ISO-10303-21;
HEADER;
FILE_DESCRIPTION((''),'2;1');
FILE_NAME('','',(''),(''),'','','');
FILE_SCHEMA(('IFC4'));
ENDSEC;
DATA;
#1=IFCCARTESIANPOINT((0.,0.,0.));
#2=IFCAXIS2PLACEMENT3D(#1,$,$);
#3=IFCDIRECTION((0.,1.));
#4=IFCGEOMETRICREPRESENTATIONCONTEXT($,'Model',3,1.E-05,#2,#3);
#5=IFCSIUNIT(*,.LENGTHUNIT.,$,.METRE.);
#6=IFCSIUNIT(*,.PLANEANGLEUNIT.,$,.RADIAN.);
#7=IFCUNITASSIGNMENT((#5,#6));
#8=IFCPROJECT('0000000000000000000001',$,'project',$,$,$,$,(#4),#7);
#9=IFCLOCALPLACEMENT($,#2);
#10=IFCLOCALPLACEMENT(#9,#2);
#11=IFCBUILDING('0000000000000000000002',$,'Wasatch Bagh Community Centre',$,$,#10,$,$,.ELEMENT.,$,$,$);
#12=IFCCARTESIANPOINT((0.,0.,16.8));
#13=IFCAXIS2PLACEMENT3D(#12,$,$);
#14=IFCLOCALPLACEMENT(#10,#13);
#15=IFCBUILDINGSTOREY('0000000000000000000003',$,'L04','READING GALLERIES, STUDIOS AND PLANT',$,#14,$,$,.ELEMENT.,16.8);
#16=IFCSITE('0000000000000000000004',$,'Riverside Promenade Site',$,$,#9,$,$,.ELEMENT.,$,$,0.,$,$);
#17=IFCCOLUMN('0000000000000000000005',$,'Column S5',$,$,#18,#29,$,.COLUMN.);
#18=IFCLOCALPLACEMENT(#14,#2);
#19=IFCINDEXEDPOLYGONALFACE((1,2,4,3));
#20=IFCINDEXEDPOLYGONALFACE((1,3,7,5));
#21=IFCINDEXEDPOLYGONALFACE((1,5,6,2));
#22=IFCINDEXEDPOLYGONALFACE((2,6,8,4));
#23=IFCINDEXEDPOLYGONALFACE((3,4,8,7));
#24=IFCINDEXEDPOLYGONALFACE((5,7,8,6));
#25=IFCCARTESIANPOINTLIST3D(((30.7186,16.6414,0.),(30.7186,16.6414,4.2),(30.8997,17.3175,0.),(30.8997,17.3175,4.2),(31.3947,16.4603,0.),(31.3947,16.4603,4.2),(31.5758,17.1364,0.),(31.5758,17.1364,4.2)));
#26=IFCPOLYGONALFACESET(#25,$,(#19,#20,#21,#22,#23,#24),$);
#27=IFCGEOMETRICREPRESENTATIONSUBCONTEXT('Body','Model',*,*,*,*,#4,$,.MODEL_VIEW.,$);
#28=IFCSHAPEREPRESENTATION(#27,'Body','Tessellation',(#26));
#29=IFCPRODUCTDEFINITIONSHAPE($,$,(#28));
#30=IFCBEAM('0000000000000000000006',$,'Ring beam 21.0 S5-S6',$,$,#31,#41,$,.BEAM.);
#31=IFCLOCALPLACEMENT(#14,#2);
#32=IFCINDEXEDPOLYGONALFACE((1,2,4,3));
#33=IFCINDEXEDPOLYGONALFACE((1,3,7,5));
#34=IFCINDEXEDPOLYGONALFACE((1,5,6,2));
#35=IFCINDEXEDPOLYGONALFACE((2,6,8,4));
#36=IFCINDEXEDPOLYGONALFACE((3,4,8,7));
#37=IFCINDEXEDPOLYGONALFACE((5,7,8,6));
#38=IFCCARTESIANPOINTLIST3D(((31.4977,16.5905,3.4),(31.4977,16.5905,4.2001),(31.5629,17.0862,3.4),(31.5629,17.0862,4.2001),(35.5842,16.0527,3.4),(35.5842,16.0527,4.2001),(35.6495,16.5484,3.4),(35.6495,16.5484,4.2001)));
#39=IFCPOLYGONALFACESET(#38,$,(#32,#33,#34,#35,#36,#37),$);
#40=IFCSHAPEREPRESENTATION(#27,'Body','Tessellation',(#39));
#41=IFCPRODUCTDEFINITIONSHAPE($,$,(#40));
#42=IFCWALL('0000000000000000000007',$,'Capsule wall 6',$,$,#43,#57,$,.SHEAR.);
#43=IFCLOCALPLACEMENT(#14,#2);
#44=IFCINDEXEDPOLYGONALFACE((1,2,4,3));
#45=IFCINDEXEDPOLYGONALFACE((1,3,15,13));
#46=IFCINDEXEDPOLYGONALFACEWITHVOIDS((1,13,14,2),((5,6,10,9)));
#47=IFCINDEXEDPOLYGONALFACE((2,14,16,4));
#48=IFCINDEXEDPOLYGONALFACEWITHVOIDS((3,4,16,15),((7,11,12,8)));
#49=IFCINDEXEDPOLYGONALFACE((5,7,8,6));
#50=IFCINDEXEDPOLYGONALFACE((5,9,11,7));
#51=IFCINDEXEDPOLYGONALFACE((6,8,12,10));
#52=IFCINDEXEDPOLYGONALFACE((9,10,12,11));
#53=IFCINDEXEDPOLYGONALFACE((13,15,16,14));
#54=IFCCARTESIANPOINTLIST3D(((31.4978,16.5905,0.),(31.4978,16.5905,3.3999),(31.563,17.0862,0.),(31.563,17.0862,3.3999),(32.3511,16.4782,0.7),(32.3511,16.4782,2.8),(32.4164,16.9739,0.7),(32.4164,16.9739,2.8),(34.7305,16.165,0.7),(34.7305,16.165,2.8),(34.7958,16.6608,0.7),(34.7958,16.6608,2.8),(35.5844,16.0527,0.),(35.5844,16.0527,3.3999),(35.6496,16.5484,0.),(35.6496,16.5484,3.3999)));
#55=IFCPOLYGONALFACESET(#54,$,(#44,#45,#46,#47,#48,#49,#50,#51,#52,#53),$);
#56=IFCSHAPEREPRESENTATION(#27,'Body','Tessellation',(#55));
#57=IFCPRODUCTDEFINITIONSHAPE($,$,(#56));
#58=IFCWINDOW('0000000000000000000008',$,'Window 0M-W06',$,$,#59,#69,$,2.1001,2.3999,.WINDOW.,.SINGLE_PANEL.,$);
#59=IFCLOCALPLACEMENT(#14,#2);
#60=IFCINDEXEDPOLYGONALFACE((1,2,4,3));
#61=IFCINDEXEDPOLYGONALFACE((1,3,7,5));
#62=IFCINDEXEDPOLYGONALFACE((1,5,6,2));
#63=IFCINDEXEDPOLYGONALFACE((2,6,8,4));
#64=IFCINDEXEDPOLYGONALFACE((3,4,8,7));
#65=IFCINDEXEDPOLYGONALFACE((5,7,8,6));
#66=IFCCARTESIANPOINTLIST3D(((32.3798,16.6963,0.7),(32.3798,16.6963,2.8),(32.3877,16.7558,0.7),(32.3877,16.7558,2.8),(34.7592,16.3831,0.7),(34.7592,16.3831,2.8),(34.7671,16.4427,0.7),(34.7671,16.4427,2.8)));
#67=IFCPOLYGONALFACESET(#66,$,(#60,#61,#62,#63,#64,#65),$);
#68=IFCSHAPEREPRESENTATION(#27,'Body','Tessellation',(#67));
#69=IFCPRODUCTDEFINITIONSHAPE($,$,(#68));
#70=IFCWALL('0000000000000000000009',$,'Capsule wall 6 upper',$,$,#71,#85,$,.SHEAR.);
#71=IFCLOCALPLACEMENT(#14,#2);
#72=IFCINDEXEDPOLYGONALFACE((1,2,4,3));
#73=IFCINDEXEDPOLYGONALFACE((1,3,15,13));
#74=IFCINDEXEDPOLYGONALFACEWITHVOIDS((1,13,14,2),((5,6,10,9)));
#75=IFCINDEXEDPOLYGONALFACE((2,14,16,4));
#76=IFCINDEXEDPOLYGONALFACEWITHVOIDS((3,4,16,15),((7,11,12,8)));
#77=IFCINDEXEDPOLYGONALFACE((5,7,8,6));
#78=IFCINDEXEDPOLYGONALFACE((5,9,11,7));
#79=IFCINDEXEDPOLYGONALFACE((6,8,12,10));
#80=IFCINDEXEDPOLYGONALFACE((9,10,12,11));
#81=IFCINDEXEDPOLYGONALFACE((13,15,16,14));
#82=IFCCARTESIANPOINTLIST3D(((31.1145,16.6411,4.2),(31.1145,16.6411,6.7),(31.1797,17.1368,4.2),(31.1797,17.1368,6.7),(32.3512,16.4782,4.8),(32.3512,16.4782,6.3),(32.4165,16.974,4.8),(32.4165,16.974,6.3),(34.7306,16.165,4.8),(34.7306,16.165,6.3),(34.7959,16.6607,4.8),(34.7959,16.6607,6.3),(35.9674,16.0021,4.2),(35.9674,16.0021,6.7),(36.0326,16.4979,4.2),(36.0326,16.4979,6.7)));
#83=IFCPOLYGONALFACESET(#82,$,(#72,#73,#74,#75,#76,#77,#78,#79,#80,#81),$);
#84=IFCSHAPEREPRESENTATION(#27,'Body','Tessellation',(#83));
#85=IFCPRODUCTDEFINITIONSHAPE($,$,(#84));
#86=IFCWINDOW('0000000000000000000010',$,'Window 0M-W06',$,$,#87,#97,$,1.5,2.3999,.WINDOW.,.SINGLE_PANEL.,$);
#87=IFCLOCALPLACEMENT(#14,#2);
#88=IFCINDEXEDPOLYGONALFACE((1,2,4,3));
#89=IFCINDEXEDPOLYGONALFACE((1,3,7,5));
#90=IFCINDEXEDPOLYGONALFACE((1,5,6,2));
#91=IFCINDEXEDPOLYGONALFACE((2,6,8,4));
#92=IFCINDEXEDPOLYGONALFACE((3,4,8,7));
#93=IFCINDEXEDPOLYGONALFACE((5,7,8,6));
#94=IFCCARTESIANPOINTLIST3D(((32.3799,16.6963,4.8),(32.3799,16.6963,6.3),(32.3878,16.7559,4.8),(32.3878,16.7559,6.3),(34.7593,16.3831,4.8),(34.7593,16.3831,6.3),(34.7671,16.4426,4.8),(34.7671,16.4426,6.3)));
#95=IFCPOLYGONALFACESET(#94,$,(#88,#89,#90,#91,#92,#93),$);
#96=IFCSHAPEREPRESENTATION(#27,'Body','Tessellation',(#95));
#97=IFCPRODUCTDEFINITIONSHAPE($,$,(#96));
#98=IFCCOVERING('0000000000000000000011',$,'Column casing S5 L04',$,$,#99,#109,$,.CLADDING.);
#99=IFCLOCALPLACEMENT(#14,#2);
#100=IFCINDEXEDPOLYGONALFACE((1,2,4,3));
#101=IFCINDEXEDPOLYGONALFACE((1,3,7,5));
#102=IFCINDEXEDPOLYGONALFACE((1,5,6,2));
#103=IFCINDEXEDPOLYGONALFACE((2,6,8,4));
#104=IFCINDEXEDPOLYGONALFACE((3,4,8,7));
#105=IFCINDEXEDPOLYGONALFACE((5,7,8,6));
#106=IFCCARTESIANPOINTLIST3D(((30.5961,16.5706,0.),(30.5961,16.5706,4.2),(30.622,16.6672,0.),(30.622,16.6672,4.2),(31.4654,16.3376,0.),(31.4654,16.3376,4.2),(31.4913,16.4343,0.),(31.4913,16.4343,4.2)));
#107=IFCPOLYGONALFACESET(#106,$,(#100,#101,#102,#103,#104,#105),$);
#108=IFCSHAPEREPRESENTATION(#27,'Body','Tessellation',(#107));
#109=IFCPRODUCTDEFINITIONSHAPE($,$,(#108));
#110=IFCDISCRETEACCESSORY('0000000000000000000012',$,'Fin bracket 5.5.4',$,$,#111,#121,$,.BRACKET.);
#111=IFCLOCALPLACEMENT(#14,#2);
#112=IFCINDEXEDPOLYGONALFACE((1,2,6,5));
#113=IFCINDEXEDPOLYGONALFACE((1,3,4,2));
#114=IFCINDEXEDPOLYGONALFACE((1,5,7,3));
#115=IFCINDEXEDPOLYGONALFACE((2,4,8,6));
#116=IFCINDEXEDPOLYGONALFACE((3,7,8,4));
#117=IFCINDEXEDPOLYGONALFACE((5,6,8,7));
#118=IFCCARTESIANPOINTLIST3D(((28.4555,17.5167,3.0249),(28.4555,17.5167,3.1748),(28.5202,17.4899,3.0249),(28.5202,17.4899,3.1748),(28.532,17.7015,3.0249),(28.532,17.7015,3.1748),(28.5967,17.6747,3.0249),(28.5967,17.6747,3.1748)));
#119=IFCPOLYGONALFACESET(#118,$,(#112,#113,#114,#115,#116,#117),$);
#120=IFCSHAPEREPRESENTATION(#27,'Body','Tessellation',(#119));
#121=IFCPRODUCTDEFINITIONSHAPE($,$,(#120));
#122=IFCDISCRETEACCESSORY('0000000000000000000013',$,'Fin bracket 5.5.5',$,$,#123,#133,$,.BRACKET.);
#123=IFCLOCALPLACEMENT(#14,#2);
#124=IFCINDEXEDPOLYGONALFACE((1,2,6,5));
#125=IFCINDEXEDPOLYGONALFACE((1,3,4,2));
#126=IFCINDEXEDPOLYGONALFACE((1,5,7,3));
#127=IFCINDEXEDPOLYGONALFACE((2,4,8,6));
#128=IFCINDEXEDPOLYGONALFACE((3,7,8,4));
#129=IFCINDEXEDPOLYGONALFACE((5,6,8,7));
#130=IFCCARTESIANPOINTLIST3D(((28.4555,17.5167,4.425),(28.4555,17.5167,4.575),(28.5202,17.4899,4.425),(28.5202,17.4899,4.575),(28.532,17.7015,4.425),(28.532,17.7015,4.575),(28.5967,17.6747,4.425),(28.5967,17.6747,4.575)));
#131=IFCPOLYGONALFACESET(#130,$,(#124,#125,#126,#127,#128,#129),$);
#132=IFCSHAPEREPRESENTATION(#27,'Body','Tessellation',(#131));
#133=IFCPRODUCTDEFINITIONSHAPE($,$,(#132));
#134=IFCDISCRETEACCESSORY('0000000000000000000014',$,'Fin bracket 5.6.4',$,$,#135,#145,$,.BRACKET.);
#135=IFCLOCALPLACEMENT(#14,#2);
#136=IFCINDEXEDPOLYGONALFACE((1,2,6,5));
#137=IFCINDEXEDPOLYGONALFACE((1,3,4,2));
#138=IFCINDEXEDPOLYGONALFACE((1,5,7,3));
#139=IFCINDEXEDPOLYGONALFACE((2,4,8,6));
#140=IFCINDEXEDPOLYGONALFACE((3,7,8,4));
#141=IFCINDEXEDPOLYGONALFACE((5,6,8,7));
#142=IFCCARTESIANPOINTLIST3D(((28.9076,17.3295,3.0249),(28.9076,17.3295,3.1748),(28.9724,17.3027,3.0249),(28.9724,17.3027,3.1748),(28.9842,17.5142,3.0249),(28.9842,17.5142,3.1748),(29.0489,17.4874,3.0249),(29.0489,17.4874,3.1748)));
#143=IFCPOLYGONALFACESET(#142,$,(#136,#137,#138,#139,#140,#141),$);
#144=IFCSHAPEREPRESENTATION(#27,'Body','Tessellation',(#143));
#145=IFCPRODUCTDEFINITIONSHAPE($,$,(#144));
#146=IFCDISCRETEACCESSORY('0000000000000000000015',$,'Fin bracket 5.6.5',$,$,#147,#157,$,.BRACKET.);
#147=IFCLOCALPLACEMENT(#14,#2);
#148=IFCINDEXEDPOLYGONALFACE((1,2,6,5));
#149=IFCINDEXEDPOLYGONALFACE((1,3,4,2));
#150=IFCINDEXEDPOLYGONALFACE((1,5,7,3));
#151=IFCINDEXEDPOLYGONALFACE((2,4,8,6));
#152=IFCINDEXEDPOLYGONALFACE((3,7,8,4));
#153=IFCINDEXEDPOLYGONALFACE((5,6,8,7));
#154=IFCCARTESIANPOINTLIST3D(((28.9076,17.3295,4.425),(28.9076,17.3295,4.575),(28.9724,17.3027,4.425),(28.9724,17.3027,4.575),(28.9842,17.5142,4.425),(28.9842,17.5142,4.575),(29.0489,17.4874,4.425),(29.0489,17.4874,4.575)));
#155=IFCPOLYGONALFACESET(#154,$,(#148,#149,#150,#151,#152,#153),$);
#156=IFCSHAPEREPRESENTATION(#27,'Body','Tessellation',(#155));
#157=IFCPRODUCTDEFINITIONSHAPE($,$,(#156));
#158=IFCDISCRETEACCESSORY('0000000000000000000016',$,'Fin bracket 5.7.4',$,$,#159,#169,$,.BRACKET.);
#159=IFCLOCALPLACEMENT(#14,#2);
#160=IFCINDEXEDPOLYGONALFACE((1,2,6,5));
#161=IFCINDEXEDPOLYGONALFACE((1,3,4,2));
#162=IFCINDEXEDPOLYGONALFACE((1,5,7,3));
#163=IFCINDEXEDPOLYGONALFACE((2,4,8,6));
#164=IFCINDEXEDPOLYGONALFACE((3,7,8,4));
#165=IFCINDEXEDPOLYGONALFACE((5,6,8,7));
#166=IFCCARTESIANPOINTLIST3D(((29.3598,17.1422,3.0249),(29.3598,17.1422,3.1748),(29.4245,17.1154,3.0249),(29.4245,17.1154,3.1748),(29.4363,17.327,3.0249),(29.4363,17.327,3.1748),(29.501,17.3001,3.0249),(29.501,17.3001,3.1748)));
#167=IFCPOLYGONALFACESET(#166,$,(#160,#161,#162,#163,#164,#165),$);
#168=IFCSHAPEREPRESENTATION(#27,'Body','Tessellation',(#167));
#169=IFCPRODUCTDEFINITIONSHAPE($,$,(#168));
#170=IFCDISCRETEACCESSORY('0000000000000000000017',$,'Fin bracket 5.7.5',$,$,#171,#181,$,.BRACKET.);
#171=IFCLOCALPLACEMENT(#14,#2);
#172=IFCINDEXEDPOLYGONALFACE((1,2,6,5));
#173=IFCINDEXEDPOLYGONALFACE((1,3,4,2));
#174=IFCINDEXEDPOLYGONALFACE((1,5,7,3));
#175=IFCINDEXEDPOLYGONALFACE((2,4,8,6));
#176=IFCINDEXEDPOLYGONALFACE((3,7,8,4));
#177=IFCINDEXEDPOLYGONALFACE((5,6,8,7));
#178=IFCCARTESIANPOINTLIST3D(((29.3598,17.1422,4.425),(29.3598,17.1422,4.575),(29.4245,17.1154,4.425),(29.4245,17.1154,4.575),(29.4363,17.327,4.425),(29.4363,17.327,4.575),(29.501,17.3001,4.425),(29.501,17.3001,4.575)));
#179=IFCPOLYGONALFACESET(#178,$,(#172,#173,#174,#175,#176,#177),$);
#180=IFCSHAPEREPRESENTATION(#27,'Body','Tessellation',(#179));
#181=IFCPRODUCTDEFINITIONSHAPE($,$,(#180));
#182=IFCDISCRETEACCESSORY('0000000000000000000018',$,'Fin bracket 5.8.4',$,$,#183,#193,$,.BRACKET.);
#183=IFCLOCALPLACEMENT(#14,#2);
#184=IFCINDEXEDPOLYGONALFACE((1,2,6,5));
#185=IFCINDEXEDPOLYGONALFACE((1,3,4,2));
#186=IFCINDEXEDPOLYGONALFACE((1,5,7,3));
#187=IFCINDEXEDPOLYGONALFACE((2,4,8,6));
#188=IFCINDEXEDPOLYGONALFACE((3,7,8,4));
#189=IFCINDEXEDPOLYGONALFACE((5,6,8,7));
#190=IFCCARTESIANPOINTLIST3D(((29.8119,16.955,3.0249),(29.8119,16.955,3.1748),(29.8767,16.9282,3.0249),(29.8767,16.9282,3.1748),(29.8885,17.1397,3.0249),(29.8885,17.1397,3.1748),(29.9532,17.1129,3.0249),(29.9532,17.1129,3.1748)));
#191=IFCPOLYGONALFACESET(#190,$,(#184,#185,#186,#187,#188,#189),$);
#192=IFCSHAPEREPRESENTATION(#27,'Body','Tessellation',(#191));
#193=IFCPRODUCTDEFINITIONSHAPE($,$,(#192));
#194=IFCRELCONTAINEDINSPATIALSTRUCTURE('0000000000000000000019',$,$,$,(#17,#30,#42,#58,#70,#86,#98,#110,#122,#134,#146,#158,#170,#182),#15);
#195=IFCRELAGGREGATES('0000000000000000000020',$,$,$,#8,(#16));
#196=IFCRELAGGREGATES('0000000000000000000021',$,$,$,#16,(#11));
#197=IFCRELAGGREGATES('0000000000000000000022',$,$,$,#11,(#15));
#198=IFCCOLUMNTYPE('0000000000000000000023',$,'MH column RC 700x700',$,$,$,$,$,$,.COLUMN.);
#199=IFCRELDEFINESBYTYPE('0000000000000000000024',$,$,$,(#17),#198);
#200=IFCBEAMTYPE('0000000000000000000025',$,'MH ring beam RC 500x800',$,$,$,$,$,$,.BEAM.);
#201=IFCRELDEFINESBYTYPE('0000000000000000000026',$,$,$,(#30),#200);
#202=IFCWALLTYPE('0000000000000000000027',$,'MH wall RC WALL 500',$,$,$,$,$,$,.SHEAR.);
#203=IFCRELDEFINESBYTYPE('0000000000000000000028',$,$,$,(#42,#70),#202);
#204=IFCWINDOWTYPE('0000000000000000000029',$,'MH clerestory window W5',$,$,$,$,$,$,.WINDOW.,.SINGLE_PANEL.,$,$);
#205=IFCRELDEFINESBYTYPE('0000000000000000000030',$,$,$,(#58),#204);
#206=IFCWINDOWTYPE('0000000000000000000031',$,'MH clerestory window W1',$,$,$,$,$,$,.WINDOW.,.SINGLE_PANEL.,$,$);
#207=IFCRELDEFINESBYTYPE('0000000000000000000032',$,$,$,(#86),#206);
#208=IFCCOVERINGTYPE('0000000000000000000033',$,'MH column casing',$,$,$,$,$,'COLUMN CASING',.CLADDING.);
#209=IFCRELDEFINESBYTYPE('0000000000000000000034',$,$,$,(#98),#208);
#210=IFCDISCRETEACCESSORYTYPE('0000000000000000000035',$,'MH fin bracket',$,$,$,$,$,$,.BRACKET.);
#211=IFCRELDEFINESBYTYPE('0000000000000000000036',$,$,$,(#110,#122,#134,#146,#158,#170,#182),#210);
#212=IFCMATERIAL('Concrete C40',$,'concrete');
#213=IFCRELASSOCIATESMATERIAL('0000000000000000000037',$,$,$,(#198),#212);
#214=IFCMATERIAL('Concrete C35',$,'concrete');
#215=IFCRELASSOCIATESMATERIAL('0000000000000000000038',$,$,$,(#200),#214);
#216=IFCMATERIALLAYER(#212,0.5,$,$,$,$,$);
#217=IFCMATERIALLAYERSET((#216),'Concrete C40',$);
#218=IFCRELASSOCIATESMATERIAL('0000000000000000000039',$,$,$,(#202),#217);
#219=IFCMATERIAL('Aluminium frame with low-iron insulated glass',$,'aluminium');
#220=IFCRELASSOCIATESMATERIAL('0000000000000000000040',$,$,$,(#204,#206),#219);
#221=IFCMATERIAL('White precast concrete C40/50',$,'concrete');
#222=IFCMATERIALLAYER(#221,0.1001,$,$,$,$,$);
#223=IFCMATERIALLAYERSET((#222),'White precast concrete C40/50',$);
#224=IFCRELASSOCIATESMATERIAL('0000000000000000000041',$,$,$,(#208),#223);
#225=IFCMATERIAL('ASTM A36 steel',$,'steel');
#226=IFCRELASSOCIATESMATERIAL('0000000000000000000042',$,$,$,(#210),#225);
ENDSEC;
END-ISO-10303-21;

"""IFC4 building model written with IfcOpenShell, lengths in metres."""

from ifc_helpers import new_model, si_unit, direction, frame, frame_2d, origin, origin_2d, place, context, subcontext, project, spatial, rectangle, extrude, material, layer, layer_set, material_profile, profile_set, type_object, element, fill, save


model = new_model("IFC4")

# Units and contexts
model_context = context("Model", 3, precision=1e-05, world=origin(), true_north=direction((0.0, 1.0)))
body_context = subcontext(model_context, "Body", "Model", "MODEL_VIEW")
ifc_project = project(units=[si_unit("LENGTHUNIT", "METRE"), si_unit("PLANEANGLEUNIT", "RADIAN")], contexts=[model_context])

# Site, building, storey
site_placement = place(None, origin())
site = spatial("IfcSite", under=ifc_project, at=site_placement, Name="Riverside Promenade Site", CompositionType="ELEMENT", RefElevation=0.0)
building_placement = place(site_placement, origin())
building = spatial("IfcBuilding", under=site, at=building_placement, Name="Wasatch Bagh Community Centre", CompositionType="ELEMENT")
storey_placement = place(building_placement, frame((0.0, 0.0, 16.8)))
storey = spatial("IfcBuildingStorey", under=building, at=storey_placement, Name="L04", Description="READING GALLERIES, STUDIOS AND PLANT", CompositionType="ELEMENT", Elevation=16.8)

# Column
ifc_material_1 = material(Name="Concrete C40", Category="concrete")
ifc_material_profile_1 = material_profile(ifc_material_1, rectangle(XDim=0.7, YDim=0.7, at=origin_2d()), Name="RC 700x700")
ifc_profile_set_1 = profile_set([ifc_material_profile_1], Name="Concrete C40")
column_type = type_object("IfcColumnType", Name="MH column RC 700x700", PredefinedType="COLUMN", material=ifc_profile_set_1)
column_placement = place(storey_placement, frame((31.1472, 16.8889, 0.0), z_axis=(0.0, 0.0, 1.0), x_axis=(0.258819, 0.965926, 0.0)))
element("IfcColumn", 1, at=column_placement, inside=storey, type_object=column_type, Name="Column S5", PredefinedType="COLUMN", context=body_context, shape_type="SweptSolid", body=[
    extrude(rectangle(XDim=0.7, YDim=0.7, at=origin_2d()), origin(), (0.0, 0.0, 1.0), 4.2),
])

# Beam
ifc_material_2 = material(Name="Concrete C35", Category="concrete")
ifc_material_profile_2 = material_profile(ifc_material_2, rectangle(XDim=0.5, YDim=0.8, at=origin_2d()), Name="RC 500x800")
ifc_profile_set_2 = profile_set([ifc_material_profile_2], Name="Concrete C35")
beam_type = type_object("IfcBeamType", Name="MH ring beam RC 500x800", PredefinedType="BEAM", material=ifc_profile_set_2)
beam_placement = place(storey_placement, frame((31.5303, 16.8384, 3.8), z_axis=(0.99145, -0.130484, 0.0), x_axis=(0.130484, 0.99145, 0.0)))
element("IfcBeam", 2, at=beam_placement, inside=storey, type_object=beam_type, Name="Ring beam 21.0 S5-S6", PredefinedType="BEAM", context=body_context, shape_type="SweptSolid", body=[
    extrude(rectangle(XDim=0.5, YDim=0.8, at=origin_2d()), origin(), (0.0, 0.0, 1.0), 4.1218),
])

# Walls, openings, windows
ifc_layer_1 = layer(ifc_material_1, 0.5)
ifc_layer_set_1 = layer_set([ifc_layer_1], Name="Concrete C40")
wall_type = type_object("IfcWallType", Name="MH wall RC WALL 500", PredefinedType="SHEAR", material=ifc_layer_set_1)
wall_1_placement = place(storey_placement, frame((31.5303, 16.8384, 0.0), z_axis=(0.0, 0.0, 1.0), x_axis=(0.99145, -0.130484, 0.0)))
wall_1 = element("IfcWall", 3, at=wall_1_placement, inside=storey, type_object=wall_type, Name="Capsule wall 6", PredefinedType="SHEAR", context=body_context, shape_type="SweptSolid", body=[
    extrude(rectangle(XDim=4.1218, YDim=0.5, at=frame_2d((2.061, 0.0))), origin(), (0.0, 0.0, 1.0), 3.3999),
])
opening_1_placement = place(wall_1_placement, frame((0.8608, 0.0, 0.7)))
opening_1 = element("IfcOpeningElement", 4, at=opening_1_placement, cuts=wall_1, PredefinedType="OPENING", context=body_context, shape_type="SweptSolid", body=[
    extrude(rectangle(XDim=2.3999, YDim=2.1001, at=frame_2d((1.2, 1.05))), frame((0.0, 0.26, 0.0), z_axis=(0.0, -1.0, 0.0), x_axis=(1.0, 0.0, 0.0)), (0.0, 0.0, 1.0), 0.52),
])
ifc_material_3 = material(Name="Aluminium frame with low-iron insulated glass", Category="aluminium")
window_type_1 = type_object("IfcWindowType", Name="MH clerestory window W5", PartitioningType="SINGLE_PANEL", PredefinedType="WINDOW", material=ifc_material_3)
window_1_placement = place(opening_1_placement, origin())
window_1 = element("IfcWindow", 5, at=window_1_placement, inside=storey, type_object=window_type_1, Name="Window 0M-W06", OverallHeight=2.1001, OverallWidth=2.3999, PartitioningType="SINGLE_PANEL", PredefinedType="WINDOW", context=body_context, shape_type="SweptSolid", body=[
    extrude(rectangle(XDim=2.3999, YDim=2.1001, at=frame_2d((1.2, 1.05))), frame((0.0, 0.03, 0.0), z_axis=(0.0, -1.0, 0.0), x_axis=(1.0, 0.0, 0.0)), (0.0, 0.0, 1.0), 0.0601),
])
fill(opening_1, window_1)
wall_2_placement = place(storey_placement, frame((31.1472, 16.8889, 4.2), z_axis=(0.0, 0.0, 1.0), x_axis=(0.991444, -0.130533, 0.0)))
wall_2 = element("IfcWall", 6, at=wall_2_placement, inside=storey, type_object=wall_type, Name="Capsule wall 6 upper", PredefinedType="SHEAR", context=body_context, shape_type="SweptSolid", body=[
    extrude(rectangle(XDim=4.8948, YDim=0.5, at=frame_2d((2.4473, 0.0))), origin(), (0.0, 0.0, 1.0), 2.5),
])
opening_2_placement = place(wall_2_placement, frame((1.2473, 0.0, 0.6001)))
opening_2 = element("IfcOpeningElement", 7, at=opening_2_placement, cuts=wall_2, PredefinedType="OPENING", context=body_context, shape_type="SweptSolid", body=[
    extrude(rectangle(XDim=2.3999, YDim=1.5, at=frame_2d((1.2, 0.75))), frame((0.0, 0.26, 0.0), z_axis=(0.0, -1.0, 0.0), x_axis=(1.0, 0.0, 0.0)), (0.0, 0.0, 1.0), 0.52),
])
window_type_2 = type_object("IfcWindowType", Name="MH clerestory window W1", PartitioningType="SINGLE_PANEL", PredefinedType="WINDOW", material=ifc_material_3)
window_2_placement = place(opening_2_placement, origin())
window_2 = element("IfcWindow", 8, at=window_2_placement, inside=storey, type_object=window_type_2, Name="Window 0M-W06", OverallHeight=1.5, OverallWidth=2.3999, PartitioningType="SINGLE_PANEL", PredefinedType="WINDOW", context=body_context, shape_type="SweptSolid", body=[
    extrude(rectangle(XDim=2.3999, YDim=1.5, at=frame_2d((1.2, 0.75))), frame((0.0, 0.03, 0.0), z_axis=(0.0, -1.0, 0.0), x_axis=(1.0, 0.0, 0.0)), (0.0, 0.0, 1.0), 0.0601),
])
fill(opening_2, window_2)

# Covering
ifc_material_4 = material(Name="White precast concrete C40/50", Category="concrete")
ifc_layer_2 = layer(ifc_material_4, 0.1001)
ifc_layer_set_2 = layer_set([ifc_layer_2], Name="White precast concrete C40/50")
covering_type = type_object("IfcCoveringType", Name="MH column casing", ElementType="COLUMN CASING", PredefinedType="CLADDING", material=ifc_layer_set_2)
covering_placement = place(storey_placement, frame((31.0437, 16.5024, 0.0), z_axis=(0.0, 0.0, 1.0), x_axis=(0.965926, -0.258819, 0.0)))
element("IfcCovering", 9, at=covering_placement, inside=storey, type_object=covering_type, Name="Column casing S5 L04", PredefinedType="CLADDING", context=body_context, shape_type="SweptSolid", body=[
    extrude(rectangle(XDim=0.8999, YDim=0.1001, at=origin_2d()), origin(), (0.0, 0.0, 1.0), 4.2),
])

# Discrete accessories
ifc_material_5 = material(Name="ASTM A36 steel", Category="steel")
discrete_accessory_type = type_object("IfcDiscreteAccessoryType", Name="MH fin bracket", PredefinedType="BRACKET", material=ifc_material_5)
for number, where, z_axis, x_axis, name in (
    (10, (28.5261, 17.5957, 3.0249), (0.0, 0.0, 1.0), (0.92388, -0.382683, 0.0), "Fin bracket 5.5.4"),
    (11, (28.5261, 17.5957, 4.425), (0.0, 0.0, 1.0), (0.92388, -0.382683, 0.0), "Fin bracket 5.5.5"),
    (12, (28.9783, 17.4084, 3.0249), (0.0, 0.0, 1.0), (0.92388, -0.382683, 0.0), "Fin bracket 5.6.4"),
    (13, (28.9783, 17.4084, 4.425), (0.0, 0.0, 1.0), (0.92388, -0.382683, 0.0), "Fin bracket 5.6.5"),
    (14, (29.4304, 17.2212, 3.0249), (0.0, 0.0, 1.0), (0.92388, -0.382683, 0.0), "Fin bracket 5.7.4"),
    (15, (29.4304, 17.2212, 4.425), (0.0, 0.0, 1.0), (0.92388, -0.382683, 0.0), "Fin bracket 5.7.5"),
    (16, (29.8826, 17.0339, 3.0249), (0.0, 0.0, 1.0), (0.92388, -0.382683, 0.0), "Fin bracket 5.8.4"),
):
    element("IfcDiscreteAccessory", number, at=place(storey_placement, frame(where, z_axis=z_axis, x_axis=x_axis)), inside=storey, type_object=discrete_accessory_type, Name=name, PredefinedType="BRACKET", context=body_context, shape_type="SweptSolid", body=[
        extrude(rectangle(XDim=0.0701, YDim=0.2, at=origin_2d()), origin(), (0.0, 0.0, 1.0), 0.1499),
    ])

save(model, "model.ifc")
